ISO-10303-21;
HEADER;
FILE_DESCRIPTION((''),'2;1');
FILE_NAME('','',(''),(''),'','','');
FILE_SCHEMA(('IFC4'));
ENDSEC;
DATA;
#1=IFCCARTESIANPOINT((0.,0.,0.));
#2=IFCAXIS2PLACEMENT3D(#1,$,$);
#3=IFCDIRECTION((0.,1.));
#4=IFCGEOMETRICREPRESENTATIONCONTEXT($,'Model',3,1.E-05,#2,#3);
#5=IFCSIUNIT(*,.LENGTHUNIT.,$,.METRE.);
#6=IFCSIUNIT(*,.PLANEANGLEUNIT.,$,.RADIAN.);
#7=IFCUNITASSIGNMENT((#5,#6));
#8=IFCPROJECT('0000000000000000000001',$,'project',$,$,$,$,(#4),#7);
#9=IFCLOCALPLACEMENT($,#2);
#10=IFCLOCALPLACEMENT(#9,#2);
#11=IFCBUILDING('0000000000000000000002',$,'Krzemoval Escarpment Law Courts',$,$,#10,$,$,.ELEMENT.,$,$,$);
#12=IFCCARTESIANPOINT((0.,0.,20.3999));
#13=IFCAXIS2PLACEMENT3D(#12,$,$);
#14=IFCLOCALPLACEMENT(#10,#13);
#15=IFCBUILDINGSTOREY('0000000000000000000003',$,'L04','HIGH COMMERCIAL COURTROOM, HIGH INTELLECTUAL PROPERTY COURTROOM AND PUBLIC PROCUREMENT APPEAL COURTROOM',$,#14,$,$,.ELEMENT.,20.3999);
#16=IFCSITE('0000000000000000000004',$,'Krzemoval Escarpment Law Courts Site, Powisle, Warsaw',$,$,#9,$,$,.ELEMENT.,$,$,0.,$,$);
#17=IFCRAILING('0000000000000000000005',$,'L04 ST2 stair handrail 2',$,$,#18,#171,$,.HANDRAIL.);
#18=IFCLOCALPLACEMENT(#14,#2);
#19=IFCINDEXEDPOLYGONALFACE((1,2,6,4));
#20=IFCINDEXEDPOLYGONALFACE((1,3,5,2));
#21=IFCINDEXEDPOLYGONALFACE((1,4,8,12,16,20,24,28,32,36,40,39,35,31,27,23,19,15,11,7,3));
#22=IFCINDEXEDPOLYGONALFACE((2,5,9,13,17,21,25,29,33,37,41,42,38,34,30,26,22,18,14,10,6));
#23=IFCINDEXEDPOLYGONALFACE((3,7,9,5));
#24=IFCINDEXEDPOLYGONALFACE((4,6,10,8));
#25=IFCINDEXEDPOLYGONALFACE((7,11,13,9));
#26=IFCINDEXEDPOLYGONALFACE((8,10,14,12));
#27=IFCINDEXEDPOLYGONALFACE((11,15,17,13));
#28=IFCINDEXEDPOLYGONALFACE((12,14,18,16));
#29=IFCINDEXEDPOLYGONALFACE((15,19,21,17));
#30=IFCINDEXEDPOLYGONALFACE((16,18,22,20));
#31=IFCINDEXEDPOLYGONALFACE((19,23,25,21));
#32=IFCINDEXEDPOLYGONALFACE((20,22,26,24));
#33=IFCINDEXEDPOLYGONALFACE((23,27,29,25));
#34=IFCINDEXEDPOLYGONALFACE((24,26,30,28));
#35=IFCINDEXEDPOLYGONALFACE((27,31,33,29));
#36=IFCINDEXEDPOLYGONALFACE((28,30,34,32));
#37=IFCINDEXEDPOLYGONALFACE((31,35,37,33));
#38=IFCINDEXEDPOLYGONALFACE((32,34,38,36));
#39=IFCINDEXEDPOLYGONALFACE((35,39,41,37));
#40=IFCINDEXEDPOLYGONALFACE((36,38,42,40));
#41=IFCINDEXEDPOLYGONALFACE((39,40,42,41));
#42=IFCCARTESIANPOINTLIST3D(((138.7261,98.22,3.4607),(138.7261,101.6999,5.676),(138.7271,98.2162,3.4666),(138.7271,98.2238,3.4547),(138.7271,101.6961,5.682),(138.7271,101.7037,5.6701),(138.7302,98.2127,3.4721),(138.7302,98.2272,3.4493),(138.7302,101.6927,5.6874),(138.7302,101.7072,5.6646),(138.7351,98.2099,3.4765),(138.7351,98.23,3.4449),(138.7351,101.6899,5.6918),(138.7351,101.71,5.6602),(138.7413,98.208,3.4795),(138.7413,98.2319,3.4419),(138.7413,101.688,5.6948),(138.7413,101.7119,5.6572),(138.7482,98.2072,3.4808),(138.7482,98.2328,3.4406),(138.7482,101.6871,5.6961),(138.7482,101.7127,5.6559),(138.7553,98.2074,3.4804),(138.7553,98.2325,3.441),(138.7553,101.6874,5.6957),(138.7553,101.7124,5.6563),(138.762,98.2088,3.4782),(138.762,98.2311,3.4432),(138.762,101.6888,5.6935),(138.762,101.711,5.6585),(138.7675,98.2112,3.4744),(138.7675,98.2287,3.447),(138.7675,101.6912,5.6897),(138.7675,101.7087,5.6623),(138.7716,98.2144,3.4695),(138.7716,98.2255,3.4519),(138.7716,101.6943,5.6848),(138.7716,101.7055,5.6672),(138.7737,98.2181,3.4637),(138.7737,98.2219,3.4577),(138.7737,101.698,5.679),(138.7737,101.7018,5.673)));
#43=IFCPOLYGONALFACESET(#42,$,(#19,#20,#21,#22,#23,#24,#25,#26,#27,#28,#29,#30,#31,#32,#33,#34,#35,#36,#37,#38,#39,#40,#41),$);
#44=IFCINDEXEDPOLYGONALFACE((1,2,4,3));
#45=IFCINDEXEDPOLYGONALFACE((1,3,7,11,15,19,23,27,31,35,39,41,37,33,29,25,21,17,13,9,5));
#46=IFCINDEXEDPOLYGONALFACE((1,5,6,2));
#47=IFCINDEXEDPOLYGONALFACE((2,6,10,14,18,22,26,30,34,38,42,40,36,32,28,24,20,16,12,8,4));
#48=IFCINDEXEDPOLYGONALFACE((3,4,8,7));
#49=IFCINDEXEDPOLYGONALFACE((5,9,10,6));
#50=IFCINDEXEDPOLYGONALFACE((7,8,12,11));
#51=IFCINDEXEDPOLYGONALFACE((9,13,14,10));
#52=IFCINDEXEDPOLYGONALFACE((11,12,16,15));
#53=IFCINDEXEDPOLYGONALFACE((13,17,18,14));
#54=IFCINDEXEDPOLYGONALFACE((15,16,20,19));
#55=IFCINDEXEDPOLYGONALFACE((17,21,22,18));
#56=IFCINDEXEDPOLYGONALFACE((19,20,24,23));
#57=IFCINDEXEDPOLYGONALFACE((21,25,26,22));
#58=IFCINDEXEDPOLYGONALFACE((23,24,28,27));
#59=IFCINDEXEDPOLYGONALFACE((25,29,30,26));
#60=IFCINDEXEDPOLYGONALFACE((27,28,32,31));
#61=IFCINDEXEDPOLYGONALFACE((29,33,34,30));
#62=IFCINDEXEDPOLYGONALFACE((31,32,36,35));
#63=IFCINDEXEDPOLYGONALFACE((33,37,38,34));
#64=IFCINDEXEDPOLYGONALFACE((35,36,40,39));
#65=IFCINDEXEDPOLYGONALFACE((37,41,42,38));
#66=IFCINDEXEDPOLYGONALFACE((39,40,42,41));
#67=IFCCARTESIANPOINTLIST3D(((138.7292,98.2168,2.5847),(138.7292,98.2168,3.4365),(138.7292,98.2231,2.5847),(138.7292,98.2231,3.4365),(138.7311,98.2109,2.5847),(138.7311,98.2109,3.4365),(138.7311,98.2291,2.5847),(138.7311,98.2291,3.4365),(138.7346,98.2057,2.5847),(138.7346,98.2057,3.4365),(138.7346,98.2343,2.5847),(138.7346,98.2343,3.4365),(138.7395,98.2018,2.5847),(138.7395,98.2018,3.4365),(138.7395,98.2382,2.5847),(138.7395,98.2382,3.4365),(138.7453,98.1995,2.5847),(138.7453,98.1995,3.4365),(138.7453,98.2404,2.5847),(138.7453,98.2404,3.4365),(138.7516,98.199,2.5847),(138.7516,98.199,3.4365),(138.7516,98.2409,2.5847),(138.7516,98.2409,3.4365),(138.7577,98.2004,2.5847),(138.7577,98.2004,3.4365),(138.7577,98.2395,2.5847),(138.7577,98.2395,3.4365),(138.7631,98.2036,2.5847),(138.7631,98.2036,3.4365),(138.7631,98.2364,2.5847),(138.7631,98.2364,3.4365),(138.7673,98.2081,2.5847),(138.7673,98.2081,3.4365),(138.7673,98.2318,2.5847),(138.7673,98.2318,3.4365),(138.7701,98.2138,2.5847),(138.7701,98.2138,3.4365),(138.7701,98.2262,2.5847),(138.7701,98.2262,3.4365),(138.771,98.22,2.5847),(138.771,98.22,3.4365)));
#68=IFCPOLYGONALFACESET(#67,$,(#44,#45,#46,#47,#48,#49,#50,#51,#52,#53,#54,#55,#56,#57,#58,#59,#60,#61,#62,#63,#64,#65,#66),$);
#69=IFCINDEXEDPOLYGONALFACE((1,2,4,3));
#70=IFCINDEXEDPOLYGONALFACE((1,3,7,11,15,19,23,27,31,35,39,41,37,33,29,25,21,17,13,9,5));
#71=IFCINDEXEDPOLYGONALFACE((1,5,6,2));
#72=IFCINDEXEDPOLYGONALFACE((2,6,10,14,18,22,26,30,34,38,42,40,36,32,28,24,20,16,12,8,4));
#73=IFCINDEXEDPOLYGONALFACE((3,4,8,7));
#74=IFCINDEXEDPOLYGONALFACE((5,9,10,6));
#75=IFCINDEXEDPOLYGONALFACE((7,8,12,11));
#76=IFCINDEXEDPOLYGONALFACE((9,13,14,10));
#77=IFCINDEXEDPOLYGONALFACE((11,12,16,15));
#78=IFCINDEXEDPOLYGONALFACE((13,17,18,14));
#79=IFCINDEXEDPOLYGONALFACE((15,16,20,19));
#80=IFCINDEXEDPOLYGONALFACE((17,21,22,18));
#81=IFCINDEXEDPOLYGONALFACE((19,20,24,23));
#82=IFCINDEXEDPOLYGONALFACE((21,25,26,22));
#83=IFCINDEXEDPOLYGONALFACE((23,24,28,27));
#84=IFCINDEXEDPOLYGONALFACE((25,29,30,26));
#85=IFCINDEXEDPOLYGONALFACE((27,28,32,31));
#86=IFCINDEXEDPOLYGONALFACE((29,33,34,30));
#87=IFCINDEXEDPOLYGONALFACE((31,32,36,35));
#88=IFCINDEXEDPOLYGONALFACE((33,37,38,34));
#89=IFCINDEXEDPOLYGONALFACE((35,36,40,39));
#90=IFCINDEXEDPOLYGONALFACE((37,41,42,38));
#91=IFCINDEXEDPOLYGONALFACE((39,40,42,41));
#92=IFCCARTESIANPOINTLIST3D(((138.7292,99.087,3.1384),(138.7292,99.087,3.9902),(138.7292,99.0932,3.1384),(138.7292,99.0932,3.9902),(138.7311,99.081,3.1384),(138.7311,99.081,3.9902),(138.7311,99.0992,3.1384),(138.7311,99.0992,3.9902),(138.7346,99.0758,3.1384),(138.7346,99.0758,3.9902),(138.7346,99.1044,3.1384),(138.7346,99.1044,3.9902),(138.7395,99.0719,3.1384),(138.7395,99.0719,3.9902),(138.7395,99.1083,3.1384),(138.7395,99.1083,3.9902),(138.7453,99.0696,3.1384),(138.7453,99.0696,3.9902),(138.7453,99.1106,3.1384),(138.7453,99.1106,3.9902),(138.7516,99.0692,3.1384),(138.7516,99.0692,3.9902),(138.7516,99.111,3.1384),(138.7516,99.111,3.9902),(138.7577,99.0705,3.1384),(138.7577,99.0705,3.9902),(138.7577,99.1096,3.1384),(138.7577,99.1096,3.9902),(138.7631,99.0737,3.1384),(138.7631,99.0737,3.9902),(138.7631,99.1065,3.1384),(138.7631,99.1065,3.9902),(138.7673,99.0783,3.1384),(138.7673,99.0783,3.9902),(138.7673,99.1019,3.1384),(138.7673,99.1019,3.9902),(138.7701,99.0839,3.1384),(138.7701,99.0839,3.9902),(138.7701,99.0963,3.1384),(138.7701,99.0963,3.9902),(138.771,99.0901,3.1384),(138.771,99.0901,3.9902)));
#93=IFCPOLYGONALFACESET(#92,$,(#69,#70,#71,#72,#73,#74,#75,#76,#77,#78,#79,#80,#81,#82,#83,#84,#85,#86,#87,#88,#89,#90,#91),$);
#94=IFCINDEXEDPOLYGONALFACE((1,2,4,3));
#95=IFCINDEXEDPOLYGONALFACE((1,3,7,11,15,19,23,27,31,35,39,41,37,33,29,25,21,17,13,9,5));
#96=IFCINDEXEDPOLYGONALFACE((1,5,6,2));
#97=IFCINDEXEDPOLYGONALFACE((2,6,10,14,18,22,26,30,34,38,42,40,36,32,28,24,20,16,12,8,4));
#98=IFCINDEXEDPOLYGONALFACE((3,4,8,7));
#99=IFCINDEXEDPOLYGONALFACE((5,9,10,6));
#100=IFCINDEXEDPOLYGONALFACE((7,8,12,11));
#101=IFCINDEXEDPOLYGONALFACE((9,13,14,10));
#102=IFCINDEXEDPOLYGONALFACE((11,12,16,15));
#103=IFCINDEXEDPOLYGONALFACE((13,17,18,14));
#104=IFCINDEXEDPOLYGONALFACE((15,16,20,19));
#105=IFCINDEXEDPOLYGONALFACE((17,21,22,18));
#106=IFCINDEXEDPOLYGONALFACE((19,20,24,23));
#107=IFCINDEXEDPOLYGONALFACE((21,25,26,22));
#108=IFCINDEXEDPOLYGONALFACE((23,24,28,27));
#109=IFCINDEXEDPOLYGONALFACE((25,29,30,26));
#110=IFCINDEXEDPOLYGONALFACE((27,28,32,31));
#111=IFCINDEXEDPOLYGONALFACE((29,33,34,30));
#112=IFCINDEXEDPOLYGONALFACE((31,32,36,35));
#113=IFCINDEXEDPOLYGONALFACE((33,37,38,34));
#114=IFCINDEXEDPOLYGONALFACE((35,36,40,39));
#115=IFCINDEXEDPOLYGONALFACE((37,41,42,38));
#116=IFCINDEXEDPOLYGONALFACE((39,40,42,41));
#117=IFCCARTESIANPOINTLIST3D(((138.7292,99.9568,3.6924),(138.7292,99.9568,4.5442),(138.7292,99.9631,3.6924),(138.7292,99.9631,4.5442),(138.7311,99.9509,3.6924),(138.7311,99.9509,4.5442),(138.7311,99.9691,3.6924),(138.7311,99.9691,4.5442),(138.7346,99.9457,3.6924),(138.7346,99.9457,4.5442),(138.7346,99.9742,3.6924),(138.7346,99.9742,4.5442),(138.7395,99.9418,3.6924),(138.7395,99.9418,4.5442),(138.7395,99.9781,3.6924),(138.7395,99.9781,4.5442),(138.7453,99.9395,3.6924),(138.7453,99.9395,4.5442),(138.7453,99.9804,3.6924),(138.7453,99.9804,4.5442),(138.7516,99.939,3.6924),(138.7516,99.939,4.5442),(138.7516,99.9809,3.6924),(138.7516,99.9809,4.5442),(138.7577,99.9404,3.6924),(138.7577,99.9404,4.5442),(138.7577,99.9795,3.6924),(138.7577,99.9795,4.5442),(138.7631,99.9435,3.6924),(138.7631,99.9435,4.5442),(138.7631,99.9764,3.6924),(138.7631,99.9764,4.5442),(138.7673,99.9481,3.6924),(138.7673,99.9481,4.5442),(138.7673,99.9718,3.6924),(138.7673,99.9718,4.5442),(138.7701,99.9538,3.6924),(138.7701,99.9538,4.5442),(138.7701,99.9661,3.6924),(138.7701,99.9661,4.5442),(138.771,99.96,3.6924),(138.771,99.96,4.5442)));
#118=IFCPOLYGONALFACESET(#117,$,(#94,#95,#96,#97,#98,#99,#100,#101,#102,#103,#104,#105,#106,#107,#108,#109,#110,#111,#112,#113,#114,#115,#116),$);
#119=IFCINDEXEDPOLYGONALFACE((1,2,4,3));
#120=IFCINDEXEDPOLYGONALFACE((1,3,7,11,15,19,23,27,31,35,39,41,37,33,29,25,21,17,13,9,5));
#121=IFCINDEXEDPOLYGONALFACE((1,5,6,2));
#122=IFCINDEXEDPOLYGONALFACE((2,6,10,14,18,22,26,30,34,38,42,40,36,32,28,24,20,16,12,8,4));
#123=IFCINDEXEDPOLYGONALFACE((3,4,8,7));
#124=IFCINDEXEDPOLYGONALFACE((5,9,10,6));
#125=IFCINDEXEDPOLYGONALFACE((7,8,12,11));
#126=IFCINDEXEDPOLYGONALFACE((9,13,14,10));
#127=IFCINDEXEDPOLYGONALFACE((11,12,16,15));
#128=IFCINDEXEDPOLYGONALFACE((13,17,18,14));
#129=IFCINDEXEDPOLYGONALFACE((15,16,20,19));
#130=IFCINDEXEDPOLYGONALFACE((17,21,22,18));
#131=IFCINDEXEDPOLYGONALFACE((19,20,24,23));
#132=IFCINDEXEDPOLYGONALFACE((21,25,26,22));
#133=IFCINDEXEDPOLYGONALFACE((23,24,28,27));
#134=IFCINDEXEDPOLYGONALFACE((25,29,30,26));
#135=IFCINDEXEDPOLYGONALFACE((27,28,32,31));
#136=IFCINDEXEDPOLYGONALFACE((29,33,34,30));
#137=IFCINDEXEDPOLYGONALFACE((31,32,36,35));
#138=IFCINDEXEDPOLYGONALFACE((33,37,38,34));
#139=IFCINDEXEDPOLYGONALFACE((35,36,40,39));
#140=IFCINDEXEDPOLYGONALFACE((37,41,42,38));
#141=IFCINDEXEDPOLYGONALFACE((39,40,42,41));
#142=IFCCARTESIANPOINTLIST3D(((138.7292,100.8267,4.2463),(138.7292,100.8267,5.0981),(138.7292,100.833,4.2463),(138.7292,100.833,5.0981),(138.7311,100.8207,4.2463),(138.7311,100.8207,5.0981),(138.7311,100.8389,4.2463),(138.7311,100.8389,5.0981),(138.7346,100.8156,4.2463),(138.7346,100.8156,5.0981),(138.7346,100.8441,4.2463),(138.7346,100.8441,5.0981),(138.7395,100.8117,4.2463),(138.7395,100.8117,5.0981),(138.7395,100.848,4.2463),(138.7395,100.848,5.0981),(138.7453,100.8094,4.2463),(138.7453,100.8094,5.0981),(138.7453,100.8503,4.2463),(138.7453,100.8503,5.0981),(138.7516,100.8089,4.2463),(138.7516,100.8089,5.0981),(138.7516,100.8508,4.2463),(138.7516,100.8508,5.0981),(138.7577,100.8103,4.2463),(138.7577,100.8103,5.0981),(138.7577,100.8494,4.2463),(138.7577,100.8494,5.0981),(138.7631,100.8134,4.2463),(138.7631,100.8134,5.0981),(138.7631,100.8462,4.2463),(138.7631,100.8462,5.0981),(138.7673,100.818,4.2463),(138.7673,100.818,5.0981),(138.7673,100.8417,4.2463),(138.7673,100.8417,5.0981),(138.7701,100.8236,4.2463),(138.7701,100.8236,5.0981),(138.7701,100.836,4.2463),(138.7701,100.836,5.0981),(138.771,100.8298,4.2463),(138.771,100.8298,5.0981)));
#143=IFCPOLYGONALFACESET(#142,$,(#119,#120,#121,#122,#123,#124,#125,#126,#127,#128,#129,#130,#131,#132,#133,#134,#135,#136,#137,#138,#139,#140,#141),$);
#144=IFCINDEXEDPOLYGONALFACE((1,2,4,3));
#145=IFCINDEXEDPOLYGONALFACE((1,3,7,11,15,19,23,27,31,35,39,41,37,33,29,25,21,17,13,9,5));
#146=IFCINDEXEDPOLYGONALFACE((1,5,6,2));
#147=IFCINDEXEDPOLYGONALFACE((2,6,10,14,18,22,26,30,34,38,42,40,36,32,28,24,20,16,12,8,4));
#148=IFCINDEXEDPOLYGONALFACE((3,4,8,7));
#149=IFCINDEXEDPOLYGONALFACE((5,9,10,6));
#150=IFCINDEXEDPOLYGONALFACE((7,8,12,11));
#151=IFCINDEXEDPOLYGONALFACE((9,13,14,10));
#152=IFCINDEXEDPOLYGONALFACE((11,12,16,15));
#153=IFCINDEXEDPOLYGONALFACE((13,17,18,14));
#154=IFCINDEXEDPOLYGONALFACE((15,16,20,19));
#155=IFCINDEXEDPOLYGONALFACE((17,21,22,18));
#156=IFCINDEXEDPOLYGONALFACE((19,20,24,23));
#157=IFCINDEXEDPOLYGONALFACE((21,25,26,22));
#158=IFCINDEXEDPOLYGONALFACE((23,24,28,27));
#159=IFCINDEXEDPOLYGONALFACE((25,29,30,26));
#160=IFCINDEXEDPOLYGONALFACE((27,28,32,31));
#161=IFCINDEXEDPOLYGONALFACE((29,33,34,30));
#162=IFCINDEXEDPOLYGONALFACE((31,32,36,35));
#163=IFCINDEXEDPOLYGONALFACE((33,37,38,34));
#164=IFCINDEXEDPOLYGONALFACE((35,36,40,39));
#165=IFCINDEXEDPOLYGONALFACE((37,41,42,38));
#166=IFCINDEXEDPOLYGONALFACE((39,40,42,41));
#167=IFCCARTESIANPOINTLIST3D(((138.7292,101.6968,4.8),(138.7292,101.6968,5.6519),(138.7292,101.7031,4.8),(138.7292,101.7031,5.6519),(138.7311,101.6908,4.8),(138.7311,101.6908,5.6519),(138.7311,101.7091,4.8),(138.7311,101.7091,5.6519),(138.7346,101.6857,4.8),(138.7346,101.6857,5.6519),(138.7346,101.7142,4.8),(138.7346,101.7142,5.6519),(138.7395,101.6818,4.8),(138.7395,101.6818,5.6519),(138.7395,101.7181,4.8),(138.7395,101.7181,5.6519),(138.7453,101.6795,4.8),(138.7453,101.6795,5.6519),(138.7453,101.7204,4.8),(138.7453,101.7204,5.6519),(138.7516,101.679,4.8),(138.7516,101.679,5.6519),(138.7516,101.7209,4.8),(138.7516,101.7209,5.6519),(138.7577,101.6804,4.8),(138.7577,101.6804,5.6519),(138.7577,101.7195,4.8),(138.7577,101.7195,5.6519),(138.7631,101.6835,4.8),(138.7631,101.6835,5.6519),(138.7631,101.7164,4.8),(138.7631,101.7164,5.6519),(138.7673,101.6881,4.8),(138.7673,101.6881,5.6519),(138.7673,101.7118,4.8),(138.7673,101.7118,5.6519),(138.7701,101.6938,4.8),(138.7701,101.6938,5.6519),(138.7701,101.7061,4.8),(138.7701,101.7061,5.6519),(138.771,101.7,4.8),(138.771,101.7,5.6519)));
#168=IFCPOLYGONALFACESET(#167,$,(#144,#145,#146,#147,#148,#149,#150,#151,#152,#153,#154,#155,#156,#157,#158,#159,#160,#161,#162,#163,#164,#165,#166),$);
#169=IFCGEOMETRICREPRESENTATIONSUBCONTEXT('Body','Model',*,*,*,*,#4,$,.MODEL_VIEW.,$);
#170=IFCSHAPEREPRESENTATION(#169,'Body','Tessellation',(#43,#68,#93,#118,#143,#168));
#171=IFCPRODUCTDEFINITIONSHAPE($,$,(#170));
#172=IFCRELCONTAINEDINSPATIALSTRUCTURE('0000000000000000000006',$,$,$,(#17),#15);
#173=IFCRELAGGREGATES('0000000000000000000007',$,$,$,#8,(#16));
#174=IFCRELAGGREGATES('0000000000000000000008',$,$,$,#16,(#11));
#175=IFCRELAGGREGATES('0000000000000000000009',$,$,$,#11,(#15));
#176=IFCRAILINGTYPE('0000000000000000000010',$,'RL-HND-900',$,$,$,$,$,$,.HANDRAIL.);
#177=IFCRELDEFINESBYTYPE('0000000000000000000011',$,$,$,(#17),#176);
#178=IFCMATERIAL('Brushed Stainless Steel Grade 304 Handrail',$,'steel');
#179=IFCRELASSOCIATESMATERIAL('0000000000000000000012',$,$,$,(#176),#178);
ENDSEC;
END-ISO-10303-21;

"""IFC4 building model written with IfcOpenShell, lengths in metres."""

from ifc_helpers import new_model, si_unit, direction, frame, origin, origin_2d, place, context, subcontext, project, spatial, circle, extrude, material, type_object, element, save


model = new_model("IFC4")

# Units and contexts
model_context = context("Model", 3, precision=1e-05, world=origin(), true_north=direction((0.0, 1.0)))
body_context = subcontext(model_context, "Body", "Model", "MODEL_VIEW")
ifc_project = project(units=[si_unit("LENGTHUNIT", "METRE"), si_unit("PLANEANGLEUNIT", "RADIAN")], contexts=[model_context])

# Site, building, storey
site_placement = place(None, origin())
site = spatial("IfcSite", under=ifc_project, at=site_placement, Name="Krzemoval Escarpment Law Courts Site, Powisle, Warsaw", CompositionType="ELEMENT", RefElevation=0.0)
building_placement = place(site_placement, origin())
building = spatial("IfcBuilding", under=site, at=building_placement, Name="Krzemoval Escarpment Law Courts", CompositionType="ELEMENT")
storey_placement = place(building_placement, frame((0.0, 0.0, 20.3999)))
storey = spatial("IfcBuildingStorey", under=building, at=storey_placement, Name="L04", Description="HIGH COMMERCIAL COURTROOM, HIGH INTELLECTUAL PROPERTY COURTROOM AND PUBLIC PROCUREMENT APPEAL COURTROOM", CompositionType="ELEMENT", Elevation=20.3999)

# Railing
ifc_material_1 = material(Name="Brushed Stainless Steel Grade 304 Handrail", Category="steel")
railing_type_1 = type_object("IfcRailingType", Name="RL-HND-900", PredefinedType="HANDRAIL", material=ifc_material_1)
railing_1_placement = place(storey_placement, frame((138.75, 98.22, 2.5847)))
element("IfcRailing", 1, at=railing_1_placement, inside=storey, type_object=railing_type_1, Name="L04 ST2 stair handrail 2", PredefinedType="HANDRAIL", context=body_context, shape_type="SweptSolid", body=[
    extrude(circle(Radius=0.0239, at=origin_2d()), frame((0.0, 0.0, 0.876), z_axis=(0.0, 0.843574, 0.537013), x_axis=(-1.0, 0.0, 0.0)), (0.0, 0.0, 1.0), 4.1252),
    extrude(circle(Radius=0.021, at=origin_2d()), origin(), (0.0, 0.0, 1.0), 0.8518),
    extrude(circle(Radius=0.021, at=origin_2d()), frame((0.0, 0.8701, 0.5537)), (0.0, 0.0, 1.0), 0.8518),
    extrude(circle(Radius=0.021, at=origin_2d()), frame((0.0, 1.74, 1.1077)), (0.0, 0.0, 1.0), 0.8518),
    extrude(circle(Radius=0.021, at=origin_2d()), frame((0.0, 2.6099, 1.6616)), (0.0, 0.0, 1.0), 0.8518),
    extrude(circle(Radius=0.021, at=origin_2d()), frame((0.0, 3.48, 2.2153)), (0.0, 0.0, 1.0), 0.8518),
])

save(model, "model.ifc")
